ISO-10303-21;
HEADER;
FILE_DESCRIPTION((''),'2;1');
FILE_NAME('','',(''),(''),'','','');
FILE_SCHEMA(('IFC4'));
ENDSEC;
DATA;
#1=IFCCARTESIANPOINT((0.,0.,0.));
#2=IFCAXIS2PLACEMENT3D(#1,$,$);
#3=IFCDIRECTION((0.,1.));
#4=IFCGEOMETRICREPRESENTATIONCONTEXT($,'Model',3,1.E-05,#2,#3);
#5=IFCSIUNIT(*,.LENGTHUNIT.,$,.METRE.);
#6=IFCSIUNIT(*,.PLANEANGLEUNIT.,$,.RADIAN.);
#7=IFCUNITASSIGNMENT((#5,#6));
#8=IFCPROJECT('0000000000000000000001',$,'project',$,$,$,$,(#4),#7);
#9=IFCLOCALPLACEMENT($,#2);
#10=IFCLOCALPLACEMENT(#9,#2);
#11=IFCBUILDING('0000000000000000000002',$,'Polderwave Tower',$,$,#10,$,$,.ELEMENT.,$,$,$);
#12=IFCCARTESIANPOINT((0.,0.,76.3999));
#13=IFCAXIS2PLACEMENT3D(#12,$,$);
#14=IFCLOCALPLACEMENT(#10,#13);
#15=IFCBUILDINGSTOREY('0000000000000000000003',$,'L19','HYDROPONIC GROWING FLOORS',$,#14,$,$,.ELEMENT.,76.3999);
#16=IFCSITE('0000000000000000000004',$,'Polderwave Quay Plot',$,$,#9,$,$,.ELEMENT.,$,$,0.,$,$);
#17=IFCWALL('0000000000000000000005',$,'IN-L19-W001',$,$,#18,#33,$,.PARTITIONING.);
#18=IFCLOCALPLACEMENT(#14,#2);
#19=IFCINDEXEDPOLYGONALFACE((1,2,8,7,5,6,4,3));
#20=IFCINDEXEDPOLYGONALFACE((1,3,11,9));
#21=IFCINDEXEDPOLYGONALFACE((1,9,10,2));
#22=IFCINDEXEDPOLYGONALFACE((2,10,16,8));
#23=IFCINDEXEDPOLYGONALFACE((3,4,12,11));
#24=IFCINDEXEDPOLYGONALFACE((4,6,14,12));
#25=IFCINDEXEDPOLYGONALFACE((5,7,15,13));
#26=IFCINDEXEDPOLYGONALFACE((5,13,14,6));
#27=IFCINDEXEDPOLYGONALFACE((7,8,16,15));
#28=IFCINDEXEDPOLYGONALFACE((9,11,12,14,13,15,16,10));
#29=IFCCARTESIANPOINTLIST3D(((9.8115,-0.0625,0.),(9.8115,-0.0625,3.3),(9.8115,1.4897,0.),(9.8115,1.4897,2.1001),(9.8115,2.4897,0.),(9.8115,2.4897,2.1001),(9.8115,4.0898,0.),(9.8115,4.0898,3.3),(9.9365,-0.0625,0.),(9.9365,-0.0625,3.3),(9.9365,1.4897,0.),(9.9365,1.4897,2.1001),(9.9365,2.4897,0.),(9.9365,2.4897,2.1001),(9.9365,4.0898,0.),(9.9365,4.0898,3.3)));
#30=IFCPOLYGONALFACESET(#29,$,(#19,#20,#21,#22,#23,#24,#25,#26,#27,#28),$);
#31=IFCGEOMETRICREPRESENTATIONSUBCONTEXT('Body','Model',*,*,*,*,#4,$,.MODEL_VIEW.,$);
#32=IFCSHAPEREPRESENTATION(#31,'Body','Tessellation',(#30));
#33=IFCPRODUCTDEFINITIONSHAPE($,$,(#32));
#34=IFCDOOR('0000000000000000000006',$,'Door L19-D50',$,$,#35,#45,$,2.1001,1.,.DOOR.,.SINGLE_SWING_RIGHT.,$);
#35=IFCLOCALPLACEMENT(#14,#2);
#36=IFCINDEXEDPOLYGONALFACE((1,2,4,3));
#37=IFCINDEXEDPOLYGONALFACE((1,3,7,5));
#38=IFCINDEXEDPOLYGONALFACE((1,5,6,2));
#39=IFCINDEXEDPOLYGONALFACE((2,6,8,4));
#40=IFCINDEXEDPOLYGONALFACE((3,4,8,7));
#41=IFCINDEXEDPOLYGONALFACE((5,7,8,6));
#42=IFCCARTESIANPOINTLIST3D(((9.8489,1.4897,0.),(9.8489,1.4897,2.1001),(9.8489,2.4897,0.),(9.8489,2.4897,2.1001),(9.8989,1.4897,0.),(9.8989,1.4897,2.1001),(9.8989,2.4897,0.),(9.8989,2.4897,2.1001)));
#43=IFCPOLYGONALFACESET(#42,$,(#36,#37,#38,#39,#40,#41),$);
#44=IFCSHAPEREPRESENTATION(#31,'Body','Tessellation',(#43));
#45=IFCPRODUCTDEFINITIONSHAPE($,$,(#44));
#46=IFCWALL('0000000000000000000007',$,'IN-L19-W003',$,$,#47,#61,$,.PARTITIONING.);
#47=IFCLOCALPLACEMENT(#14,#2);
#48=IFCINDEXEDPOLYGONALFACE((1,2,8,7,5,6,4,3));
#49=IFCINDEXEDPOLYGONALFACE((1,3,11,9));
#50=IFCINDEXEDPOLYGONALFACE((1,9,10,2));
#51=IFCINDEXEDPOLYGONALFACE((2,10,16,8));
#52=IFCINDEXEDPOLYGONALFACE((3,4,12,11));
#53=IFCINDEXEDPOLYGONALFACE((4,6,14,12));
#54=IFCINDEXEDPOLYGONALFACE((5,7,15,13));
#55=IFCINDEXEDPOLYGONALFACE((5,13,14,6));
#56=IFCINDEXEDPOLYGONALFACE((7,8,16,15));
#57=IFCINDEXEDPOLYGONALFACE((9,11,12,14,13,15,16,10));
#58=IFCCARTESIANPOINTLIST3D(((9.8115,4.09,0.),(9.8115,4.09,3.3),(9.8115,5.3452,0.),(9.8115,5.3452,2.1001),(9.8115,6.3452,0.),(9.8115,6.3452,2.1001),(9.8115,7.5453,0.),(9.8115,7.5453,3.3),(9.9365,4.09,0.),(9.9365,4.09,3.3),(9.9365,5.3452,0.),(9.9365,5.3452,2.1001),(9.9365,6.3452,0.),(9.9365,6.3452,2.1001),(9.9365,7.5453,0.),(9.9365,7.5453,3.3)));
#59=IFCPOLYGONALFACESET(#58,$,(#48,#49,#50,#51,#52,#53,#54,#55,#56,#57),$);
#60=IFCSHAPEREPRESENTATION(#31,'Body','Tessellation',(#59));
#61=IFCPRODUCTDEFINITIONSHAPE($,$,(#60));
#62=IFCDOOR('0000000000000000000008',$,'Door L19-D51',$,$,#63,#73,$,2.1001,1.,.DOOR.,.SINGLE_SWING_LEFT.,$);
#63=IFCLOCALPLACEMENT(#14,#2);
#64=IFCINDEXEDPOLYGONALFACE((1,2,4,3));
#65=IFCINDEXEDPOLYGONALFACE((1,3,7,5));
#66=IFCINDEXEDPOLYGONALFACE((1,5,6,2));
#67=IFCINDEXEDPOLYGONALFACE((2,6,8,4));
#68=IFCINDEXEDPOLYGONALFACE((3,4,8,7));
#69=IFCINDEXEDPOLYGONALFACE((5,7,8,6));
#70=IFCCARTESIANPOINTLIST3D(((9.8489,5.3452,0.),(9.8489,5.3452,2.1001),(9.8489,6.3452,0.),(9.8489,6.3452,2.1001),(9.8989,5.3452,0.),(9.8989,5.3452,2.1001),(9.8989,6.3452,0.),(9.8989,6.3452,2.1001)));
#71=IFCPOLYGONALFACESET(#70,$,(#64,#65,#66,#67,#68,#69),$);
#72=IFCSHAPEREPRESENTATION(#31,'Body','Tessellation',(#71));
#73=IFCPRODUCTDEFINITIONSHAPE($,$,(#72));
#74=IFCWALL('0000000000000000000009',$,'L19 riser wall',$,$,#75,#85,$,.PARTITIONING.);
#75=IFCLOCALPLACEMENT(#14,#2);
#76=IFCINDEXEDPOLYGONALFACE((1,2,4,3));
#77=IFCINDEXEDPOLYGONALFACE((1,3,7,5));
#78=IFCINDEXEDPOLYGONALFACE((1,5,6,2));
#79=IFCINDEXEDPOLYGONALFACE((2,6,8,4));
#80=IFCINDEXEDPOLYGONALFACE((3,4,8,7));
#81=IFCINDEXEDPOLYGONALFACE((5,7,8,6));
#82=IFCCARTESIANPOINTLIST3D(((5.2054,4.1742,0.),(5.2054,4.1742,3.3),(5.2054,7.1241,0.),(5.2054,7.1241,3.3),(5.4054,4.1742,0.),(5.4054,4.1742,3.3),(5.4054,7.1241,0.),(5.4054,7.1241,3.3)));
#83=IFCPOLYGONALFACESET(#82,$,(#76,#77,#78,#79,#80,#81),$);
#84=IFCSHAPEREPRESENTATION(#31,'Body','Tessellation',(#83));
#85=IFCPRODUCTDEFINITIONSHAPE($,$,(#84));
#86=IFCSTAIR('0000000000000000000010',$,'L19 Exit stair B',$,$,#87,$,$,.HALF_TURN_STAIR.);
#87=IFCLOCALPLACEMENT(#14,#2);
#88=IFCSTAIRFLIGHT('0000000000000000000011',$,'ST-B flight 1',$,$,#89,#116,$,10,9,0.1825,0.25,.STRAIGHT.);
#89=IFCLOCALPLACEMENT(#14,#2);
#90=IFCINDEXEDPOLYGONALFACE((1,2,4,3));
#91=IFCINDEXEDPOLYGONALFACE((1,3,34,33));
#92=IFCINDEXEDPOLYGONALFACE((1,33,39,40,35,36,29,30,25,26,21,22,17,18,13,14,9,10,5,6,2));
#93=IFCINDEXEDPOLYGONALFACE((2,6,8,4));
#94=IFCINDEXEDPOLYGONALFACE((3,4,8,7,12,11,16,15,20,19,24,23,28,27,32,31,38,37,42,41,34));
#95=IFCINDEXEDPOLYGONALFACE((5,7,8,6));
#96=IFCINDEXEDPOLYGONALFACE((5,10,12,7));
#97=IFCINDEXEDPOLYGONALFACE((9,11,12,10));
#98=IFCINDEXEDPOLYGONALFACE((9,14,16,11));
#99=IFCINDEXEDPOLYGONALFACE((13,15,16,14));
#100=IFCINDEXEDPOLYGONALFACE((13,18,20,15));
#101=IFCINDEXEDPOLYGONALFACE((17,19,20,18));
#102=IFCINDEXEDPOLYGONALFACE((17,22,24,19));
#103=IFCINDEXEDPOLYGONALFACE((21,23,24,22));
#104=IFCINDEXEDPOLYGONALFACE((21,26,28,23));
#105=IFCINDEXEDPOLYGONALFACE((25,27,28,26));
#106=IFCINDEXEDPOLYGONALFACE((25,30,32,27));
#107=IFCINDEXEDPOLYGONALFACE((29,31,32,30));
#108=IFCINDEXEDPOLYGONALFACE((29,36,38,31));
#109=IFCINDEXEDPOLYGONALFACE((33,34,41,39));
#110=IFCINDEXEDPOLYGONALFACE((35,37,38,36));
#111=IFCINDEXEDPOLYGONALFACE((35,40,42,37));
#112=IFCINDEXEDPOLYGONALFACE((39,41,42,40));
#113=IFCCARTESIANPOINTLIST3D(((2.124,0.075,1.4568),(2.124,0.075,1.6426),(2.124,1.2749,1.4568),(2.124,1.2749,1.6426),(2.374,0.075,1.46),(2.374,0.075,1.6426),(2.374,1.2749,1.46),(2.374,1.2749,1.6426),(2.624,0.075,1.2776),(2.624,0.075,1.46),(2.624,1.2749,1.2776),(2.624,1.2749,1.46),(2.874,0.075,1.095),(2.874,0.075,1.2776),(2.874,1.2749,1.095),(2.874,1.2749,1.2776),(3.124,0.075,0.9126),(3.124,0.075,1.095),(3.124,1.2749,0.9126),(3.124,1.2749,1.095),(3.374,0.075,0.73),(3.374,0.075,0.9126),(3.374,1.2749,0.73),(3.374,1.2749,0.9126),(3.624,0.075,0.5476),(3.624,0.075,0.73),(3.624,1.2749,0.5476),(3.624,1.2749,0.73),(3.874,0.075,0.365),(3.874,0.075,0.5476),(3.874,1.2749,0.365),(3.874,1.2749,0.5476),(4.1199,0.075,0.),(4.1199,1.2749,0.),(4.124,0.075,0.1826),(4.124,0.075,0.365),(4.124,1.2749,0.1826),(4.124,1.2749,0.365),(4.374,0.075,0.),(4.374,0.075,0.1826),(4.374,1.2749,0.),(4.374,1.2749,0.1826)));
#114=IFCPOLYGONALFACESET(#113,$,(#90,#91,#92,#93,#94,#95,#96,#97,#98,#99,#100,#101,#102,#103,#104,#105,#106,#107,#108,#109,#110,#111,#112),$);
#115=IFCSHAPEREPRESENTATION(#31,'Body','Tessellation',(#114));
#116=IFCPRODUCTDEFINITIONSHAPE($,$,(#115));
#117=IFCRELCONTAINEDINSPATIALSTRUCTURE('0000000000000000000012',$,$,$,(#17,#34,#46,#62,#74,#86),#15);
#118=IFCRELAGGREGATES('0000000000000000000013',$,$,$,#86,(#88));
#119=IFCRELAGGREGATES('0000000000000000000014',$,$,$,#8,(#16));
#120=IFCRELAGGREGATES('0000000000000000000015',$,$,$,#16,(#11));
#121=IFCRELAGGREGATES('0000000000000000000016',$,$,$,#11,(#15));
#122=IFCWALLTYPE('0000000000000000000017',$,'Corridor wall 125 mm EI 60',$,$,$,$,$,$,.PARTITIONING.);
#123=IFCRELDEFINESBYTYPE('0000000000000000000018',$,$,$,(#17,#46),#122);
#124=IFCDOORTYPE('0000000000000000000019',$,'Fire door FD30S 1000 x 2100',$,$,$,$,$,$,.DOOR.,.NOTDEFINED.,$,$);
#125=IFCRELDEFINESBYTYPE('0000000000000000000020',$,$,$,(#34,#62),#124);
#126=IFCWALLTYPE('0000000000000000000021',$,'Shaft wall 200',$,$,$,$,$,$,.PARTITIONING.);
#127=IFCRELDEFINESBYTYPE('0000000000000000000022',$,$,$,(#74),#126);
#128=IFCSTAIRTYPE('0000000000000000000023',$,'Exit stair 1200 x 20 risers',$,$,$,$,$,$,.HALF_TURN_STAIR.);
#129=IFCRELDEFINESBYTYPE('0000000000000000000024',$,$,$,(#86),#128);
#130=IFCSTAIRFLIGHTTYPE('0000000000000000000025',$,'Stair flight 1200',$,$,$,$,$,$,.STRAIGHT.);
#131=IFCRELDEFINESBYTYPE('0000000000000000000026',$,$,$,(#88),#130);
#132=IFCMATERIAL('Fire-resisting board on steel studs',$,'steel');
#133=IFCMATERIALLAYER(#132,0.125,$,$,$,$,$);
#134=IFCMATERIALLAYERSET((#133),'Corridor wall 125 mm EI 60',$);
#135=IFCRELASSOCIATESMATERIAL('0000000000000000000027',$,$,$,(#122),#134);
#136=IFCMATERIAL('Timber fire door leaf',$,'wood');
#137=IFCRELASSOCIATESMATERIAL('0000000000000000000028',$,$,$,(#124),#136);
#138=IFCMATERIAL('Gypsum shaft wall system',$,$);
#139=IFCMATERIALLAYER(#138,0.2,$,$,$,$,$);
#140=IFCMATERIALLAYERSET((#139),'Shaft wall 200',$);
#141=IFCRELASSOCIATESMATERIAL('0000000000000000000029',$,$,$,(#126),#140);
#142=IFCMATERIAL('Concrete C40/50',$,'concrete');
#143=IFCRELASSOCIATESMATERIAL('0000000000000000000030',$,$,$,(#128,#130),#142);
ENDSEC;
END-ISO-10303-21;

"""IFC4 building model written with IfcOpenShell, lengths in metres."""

from ifc_helpers import new_model, si_unit, direction, frame, frame_2d, origin, place, context, subcontext, project, spatial, polyline, rectangle, outline, extrude, material, layer, layer_set, type_object, element, fill, aggregate, save


model = new_model("IFC4")

# Units and contexts
model_context = context("Model", 3, precision=1e-05, world=origin(), true_north=direction((0.0, 1.0)))
body_context = subcontext(model_context, "Body", "Model", "MODEL_VIEW")
ifc_project = project(units=[si_unit("LENGTHUNIT", "METRE"), si_unit("PLANEANGLEUNIT", "RADIAN")], contexts=[model_context])

# Site, building, storey
site_placement = place(None, origin())
site = spatial("IfcSite", under=ifc_project, at=site_placement, Name="Polderwave Quay Plot", CompositionType="ELEMENT", RefElevation=0.0)
building_placement = place(site_placement, origin())
building = spatial("IfcBuilding", under=site, at=building_placement, Name="Polderwave Tower", CompositionType="ELEMENT")
storey_placement = place(building_placement, frame((0.0, 0.0, 76.3999)))
storey = spatial("IfcBuildingStorey", under=building, at=storey_placement, Name="L19", Description="HYDROPONIC GROWING FLOORS", CompositionType="ELEMENT", Elevation=76.3999)

# Walls, openings, doors
ifc_material_1 = material(Name="Fire-resisting board on steel studs", Category="steel")
ifc_layer_1 = layer(ifc_material_1, 0.125)
ifc_layer_set_1 = layer_set([ifc_layer_1], Name="Corridor wall 125 mm EI 60")
wall_type_1 = type_object("IfcWallType", Name="Corridor wall 125 mm EI 60", PredefinedType="PARTITIONING", material=ifc_layer_set_1)
wall_1_placement = place(storey_placement, frame((9.874, 4.0898, 0.0), z_axis=(0.0, 0.0, 1.0), x_axis=(0.0, -1.0, 0.0)))
wall_1 = element("IfcWall", 1, at=wall_1_placement, inside=storey, type_object=wall_type_1, Name="IN-L19-W001", PredefinedType="PARTITIONING", context=body_context, shape_type="SweptSolid", body=[
    extrude(rectangle(XDim=4.1523, YDim=0.125, at=frame_2d((2.0762, 0.0))), origin(), (0.0, 0.0, 1.0), 3.3),
])
opening_1_placement = place(wall_1_placement, frame((1.6001, 0.0, 0.0)))
opening_1 = element("IfcOpeningElement", 2, at=opening_1_placement, cuts=wall_1, PredefinedType="OPENING", context=body_context, shape_type="SweptSolid", body=[
    extrude(rectangle(XDim=1.0, YDim=2.1001, at=frame_2d((0.5, 1.05))), frame((0.0, 0.0725, 0.0), z_axis=(0.0, -1.0, 0.0), x_axis=(1.0, 0.0, 0.0)), (0.0, 0.0, 1.0), 0.145),
])
ifc_material_2 = material(Name="Timber fire door leaf", Category="wood")
door_type_1 = type_object("IfcDoorType", Name="Fire door FD30S 1000 x 2100", OperationType="NOTDEFINED", PredefinedType="DOOR", material=ifc_material_2)
door_1_placement = place(opening_1_placement, origin())
door_1 = element("IfcDoor", 3, at=door_1_placement, inside=storey, type_object=door_type_1, Name="Door L19-D50", OperationType="SINGLE_SWING_RIGHT", OverallHeight=2.1001, OverallWidth=1.0, PredefinedType="DOOR", context=body_context, shape_type="SweptSolid", body=[
    extrude(rectangle(XDim=1.0, YDim=2.1001, at=frame_2d((0.5, 1.05))), frame((0.0, 0.0249, 0.0), z_axis=(0.0, -1.0, 0.0), x_axis=(1.0, 0.0, 0.0)), (0.0, 0.0, 1.0), 0.05),
])
fill(opening_1, door_1)
wall_2_placement = place(storey_placement, frame((9.874, 7.5452, 0.0), z_axis=(0.0, 0.0, 1.0), x_axis=(0.0, -1.0, 0.0)))
wall_2 = element("IfcWall", 4, at=wall_2_placement, inside=storey, type_object=wall_type_1, Name="IN-L19-W003", PredefinedType="PARTITIONING", context=body_context, shape_type="SweptSolid", body=[
    extrude(rectangle(XDim=3.4553, YDim=0.125, at=frame_2d((1.7275, 0.0))), origin(), (0.0, 0.0, 1.0), 3.3),
])
opening_2_placement = place(wall_2_placement, frame((1.2, 0.0, 0.0)))
opening_2 = element("IfcOpeningElement", 5, at=opening_2_placement, cuts=wall_2, PredefinedType="OPENING", context=body_context, shape_type="SweptSolid", body=[
    extrude(rectangle(XDim=1.0, YDim=2.1001, at=frame_2d((0.5, 1.05))), frame((0.0, 0.0725, 0.0), z_axis=(0.0, -1.0, 0.0), x_axis=(1.0, 0.0, 0.0)), (0.0, 0.0, 1.0), 0.145),
])
door_2_placement = place(opening_2_placement, origin())
door_2 = element("IfcDoor", 6, at=door_2_placement, inside=storey, type_object=door_type_1, Name="Door L19-D51", OperationType="SINGLE_SWING_LEFT", OverallHeight=2.1001, OverallWidth=1.0, PredefinedType="DOOR", context=body_context, shape_type="SweptSolid", body=[
    extrude(rectangle(XDim=1.0, YDim=2.1001, at=frame_2d((0.5, 1.05))), frame((0.0, 0.0249, 0.0), z_axis=(0.0, -1.0, 0.0), x_axis=(1.0, 0.0, 0.0)), (0.0, 0.0, 1.0), 0.05),
])
fill(opening_2, door_2)

# Wall
ifc_material_3 = material(Name="Gypsum shaft wall system")
ifc_layer_2 = layer(ifc_material_3, 0.2)
ifc_layer_set_2 = layer_set([ifc_layer_2], Name="Shaft wall 200")
wall_type_2 = type_object("IfcWallType", Name="Shaft wall 200", PredefinedType="PARTITIONING", material=ifc_layer_set_2)
wall_3_placement = place(storey_placement, frame((5.3054, 4.1741, 0.0), z_axis=(0.0, 0.0, 1.0), x_axis=(0.0, 1.0, 0.0)))
element("IfcWall", 7, at=wall_3_placement, inside=storey, type_object=wall_type_2, Name="L19 riser wall", PredefinedType="PARTITIONING", context=body_context, shape_type="SweptSolid", body=[
    extrude(rectangle(XDim=2.95, YDim=0.2, at=frame_2d((1.4751, 0.0))), origin(), (0.0, 0.0, 1.0), 3.3),
])

# Stair, stair flight
ifc_material_4 = material(Name="Concrete C40/50", Category="concrete")
stair_type = type_object("IfcStairType", Name="Exit stair 1200 x 20 risers", PredefinedType="HALF_TURN_STAIR", material=ifc_material_4)
stair_placement = place(storey_placement, origin())
stair = element("IfcStair", 8, at=stair_placement, inside=storey, type_object=stair_type, Name="L19 Exit stair B", PredefinedType="HALF_TURN_STAIR")
stair_flight_type = type_object("IfcStairFlightType", Name="Stair flight 1200", PredefinedType="STRAIGHT", material=ifc_material_4)
stair_flight_placement = place(storey_placement, frame((4.374, 0.675, 0.0), z_axis=(0.0, 0.0, 1.0), x_axis=(-1.0, 0.0, 0.0)))
stair_flight = element("IfcStairFlight", 9, at=stair_flight_placement, type_object=stair_flight_type, Name="ST-B flight 1", NumberOfRisers=10, NumberOfTreads=9, PredefinedType="STRAIGHT", RiserHeight=0.1825, TreadLength=0.25, context=body_context, shape_type="SweptSolid", body=[
    extrude(outline(polyline([(0.0, 0.0), (0.0, 0.1826), (0.25, 0.1826), (0.25, 0.365), (0.5, 0.365), (0.5, 0.5476), (0.75, 0.5476), (0.75, 0.73), (1.0, 0.73), (1.0, 0.9126), (1.25, 0.9126), (1.25, 1.095), (1.5, 1.095), (1.5, 1.2776), (1.75, 1.2776), (1.75, 1.46), (2.0, 1.46), (2.0, 1.6426), (2.25, 1.6426), (2.25, 1.825), (2.25, 1.4568), (0.2542, 0.0), (0.0, 0.0)])), frame((0.0, 0.6001, 0.0), z_axis=(0.0, -1.0, 0.0), x_axis=(1.0, 0.0, 0.0)), (0.0, 0.0, 1.0), 1.2),
])
aggregate(stair, [stair_flight])

save(model, "model.ifc")
